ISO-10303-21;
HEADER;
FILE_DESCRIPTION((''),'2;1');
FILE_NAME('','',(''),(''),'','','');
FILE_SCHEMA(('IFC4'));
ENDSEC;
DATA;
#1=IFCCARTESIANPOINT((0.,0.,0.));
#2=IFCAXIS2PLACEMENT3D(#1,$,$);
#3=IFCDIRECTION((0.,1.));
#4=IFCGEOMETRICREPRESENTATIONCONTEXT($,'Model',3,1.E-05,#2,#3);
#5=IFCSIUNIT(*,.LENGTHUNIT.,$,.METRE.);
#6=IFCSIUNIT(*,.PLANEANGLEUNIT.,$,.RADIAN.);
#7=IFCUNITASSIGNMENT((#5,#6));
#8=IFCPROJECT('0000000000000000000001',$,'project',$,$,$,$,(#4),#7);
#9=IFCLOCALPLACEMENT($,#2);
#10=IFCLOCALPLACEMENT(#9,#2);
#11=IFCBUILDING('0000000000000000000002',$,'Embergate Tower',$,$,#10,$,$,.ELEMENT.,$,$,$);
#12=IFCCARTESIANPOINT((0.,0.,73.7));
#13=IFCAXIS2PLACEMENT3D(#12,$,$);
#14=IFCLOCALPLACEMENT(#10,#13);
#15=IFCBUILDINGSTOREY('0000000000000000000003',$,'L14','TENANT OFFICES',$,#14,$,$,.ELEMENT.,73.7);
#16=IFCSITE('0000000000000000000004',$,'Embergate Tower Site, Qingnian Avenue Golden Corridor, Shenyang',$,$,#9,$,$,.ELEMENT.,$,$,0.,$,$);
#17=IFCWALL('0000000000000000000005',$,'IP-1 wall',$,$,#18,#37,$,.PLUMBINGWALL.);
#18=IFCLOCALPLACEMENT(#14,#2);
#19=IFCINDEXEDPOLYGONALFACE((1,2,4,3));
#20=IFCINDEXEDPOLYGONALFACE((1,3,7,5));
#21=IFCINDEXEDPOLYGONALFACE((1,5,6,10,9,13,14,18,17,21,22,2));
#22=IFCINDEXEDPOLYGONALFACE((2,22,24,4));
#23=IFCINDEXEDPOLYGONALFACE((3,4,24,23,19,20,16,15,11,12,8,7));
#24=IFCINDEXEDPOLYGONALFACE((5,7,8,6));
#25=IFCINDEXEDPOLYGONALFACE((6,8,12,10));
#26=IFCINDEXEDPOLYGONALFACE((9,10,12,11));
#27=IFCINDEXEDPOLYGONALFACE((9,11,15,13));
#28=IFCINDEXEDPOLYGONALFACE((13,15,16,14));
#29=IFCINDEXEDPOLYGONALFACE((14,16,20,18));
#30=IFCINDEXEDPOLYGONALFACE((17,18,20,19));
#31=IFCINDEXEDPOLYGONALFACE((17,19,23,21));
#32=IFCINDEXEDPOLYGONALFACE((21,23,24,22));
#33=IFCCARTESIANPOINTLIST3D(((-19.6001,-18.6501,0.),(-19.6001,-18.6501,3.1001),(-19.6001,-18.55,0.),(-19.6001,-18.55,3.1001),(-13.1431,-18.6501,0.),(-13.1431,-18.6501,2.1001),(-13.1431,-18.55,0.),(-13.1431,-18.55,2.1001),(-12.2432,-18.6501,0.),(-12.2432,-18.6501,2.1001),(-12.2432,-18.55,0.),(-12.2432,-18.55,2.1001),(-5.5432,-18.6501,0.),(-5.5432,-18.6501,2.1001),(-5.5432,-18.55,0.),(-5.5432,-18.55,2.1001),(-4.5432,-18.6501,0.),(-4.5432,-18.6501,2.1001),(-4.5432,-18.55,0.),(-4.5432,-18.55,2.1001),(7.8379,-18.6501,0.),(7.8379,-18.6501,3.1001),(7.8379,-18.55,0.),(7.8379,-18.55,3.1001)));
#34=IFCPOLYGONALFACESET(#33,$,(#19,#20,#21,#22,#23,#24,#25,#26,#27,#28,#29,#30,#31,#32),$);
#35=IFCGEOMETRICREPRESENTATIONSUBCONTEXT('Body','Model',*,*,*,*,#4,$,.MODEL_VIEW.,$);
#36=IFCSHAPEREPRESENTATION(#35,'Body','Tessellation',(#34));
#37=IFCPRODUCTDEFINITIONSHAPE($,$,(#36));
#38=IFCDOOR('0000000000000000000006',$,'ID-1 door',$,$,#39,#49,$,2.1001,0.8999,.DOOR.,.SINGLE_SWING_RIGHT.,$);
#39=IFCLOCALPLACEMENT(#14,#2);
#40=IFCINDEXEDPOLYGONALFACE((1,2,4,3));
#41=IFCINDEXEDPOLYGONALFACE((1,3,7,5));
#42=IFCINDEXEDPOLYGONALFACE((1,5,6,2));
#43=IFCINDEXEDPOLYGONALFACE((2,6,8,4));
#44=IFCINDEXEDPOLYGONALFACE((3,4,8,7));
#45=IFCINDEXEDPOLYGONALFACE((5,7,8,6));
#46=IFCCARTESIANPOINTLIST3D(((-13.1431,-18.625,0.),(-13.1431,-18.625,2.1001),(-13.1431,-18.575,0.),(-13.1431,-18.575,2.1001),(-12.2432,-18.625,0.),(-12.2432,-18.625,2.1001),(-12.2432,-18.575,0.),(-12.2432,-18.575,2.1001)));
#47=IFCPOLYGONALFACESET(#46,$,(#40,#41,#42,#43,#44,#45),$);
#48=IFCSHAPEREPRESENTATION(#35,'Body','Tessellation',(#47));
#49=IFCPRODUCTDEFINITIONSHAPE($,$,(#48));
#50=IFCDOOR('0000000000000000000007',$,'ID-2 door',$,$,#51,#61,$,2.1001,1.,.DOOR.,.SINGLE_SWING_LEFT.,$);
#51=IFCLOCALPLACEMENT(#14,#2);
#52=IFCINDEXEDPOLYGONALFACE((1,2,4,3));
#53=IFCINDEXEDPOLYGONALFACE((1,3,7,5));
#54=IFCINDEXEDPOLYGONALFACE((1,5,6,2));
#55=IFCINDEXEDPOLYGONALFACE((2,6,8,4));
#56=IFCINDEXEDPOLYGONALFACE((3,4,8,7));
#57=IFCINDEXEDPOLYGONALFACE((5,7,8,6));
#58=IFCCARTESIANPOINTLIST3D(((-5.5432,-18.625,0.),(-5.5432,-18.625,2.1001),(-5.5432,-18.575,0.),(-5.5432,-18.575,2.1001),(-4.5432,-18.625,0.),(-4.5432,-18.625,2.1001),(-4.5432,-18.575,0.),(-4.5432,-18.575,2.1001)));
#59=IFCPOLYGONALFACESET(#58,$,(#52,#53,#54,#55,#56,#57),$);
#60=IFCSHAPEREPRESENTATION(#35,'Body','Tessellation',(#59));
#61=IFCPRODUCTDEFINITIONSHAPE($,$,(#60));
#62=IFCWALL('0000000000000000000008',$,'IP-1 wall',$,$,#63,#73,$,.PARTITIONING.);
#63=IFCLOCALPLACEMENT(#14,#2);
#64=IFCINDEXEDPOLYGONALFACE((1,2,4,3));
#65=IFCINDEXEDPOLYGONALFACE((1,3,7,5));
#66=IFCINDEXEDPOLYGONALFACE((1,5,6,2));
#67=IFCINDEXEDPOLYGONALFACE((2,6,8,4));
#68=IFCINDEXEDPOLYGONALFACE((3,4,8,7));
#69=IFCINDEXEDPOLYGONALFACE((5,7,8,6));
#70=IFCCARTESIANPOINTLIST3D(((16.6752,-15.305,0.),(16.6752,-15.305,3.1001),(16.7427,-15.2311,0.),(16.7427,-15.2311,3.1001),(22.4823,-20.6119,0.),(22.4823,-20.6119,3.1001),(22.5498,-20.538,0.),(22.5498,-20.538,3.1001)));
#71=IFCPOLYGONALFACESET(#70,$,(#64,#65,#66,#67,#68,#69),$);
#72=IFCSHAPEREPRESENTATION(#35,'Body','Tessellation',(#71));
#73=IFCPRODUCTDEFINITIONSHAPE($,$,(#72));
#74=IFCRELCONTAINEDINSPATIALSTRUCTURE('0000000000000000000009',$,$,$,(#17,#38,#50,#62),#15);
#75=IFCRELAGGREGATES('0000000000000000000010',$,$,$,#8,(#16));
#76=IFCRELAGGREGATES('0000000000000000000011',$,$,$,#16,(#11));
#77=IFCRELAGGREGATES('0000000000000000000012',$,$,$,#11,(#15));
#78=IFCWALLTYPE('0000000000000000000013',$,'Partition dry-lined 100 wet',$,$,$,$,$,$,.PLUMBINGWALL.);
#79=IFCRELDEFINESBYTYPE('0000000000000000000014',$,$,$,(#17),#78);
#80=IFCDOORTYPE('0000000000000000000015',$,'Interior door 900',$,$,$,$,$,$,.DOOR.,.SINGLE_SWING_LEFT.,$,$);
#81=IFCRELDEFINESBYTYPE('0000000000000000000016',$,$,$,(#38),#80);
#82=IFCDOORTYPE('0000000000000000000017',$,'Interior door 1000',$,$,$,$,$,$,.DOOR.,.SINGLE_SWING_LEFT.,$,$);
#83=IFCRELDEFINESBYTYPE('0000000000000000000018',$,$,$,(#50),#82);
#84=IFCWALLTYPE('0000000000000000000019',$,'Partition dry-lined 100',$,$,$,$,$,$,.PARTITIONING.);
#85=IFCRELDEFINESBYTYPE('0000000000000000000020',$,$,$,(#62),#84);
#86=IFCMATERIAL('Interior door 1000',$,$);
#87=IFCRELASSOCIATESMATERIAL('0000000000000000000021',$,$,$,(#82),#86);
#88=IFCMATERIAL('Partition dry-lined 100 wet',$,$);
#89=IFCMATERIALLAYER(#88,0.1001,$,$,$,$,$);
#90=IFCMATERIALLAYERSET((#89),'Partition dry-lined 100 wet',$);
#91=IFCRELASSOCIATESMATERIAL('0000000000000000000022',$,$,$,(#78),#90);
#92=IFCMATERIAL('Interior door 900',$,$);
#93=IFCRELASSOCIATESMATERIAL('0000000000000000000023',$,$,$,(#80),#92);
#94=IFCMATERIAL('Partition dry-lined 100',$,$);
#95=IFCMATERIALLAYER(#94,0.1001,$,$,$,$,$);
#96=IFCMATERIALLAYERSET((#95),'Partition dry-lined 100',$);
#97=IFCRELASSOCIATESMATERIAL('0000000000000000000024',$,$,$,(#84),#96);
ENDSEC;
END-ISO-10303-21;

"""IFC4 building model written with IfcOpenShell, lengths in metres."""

from ifc_helpers import new_model, si_unit, direction, frame, frame_2d, origin, place, context, subcontext, project, spatial, rectangle, extrude, source, transform, mapped, material, layer, layer_set, type_object, element, fill, save


model = new_model("IFC4")

# Units and contexts
model_context = context("Model", 3, precision=1e-05, world=origin(), true_north=direction((0.0, 1.0)))
body_context = subcontext(model_context, "Body", "Model", "MODEL_VIEW")
ifc_project = project(units=[si_unit("LENGTHUNIT", "METRE"), si_unit("PLANEANGLEUNIT", "RADIAN")], contexts=[model_context])

# Site, building, storey
site_placement = place(None, origin())
site = spatial("IfcSite", under=ifc_project, at=site_placement, Name="Embergate Tower Site, Qingnian Avenue Golden Corridor, Shenyang", CompositionType="ELEMENT", RefElevation=0.0)
building_placement = place(site_placement, origin())
building = spatial("IfcBuilding", under=site, at=building_placement, Name="Embergate Tower", CompositionType="ELEMENT")
storey_placement = place(building_placement, frame((0.0, 0.0, 73.7)))
storey = spatial("IfcBuildingStorey", under=building, at=storey_placement, Name="L14", Description="TENANT OFFICES", CompositionType="ELEMENT", Elevation=73.7)

# Wall, openings, doors
shared_shape_1 = source(origin(), body_context, "Body", "SweptSolid", [
    extrude(rectangle(XDim=0.8999, YDim=2.1001, at=frame_2d((0.45, 1.05))), frame((0.0, 0.0249, 0.0), z_axis=(0.0, -1.0, 0.0), x_axis=(1.0, 0.0, 0.0)), (0.0, 0.0, 1.0), 0.05),
])
ifc_material_1 = material(Name="Interior door 1000")
door_type_1 = type_object("IfcDoorType", Name="Interior door 1000", OperationType="SINGLE_SWING_LEFT", PredefinedType="DOOR", material=ifc_material_1)
shared_shape_2 = source(origin(), body_context, "Body", "SweptSolid", [
    extrude(rectangle(XDim=1.0, YDim=2.1001, at=frame_2d((0.5, 1.05))), frame((0.0, 0.0249, 0.0), z_axis=(0.0, -1.0, 0.0), x_axis=(1.0, 0.0, 0.0)), (0.0, 0.0, 1.0), 0.05),
])
ifc_material_2 = material(Name="Partition dry-lined 100 wet")
ifc_layer_1 = layer(ifc_material_2, 0.1001)
ifc_layer_set_1 = layer_set([ifc_layer_1], Name="Partition dry-lined 100 wet")
wall_type_1 = type_object("IfcWallType", Name="Partition dry-lined 100 wet", PredefinedType="PLUMBINGWALL", material=ifc_layer_set_1)
shared_shape_3 = source(origin(), body_context, "Body", "SweptSolid", [
    extrude(rectangle(XDim=27.438, YDim=0.1001, at=frame_2d((13.719, 0.0))), origin(), (0.0, 0.0, 1.0), 3.1001),
])
wall_1_placement = place(storey_placement, frame((7.8379, -18.6001, 0.0), z_axis=(0.0, 0.0, 1.0), x_axis=(-1.0, 0.0, 0.0)))
wall_1 = element("IfcWall", 1, at=wall_1_placement, inside=storey, type_object=wall_type_1, Name="IP-1 wall", PredefinedType="PLUMBINGWALL", context=body_context, shape_type="MappedRepresentation", body=[
    mapped(shared_shape_3, transform((0.0, 0.0, 0.0))),
])
shared_shape_4 = source(origin(), body_context, "Body", "SweptSolid", [
    extrude(rectangle(XDim=0.8999, YDim=2.1001, at=frame_2d((0.45, 1.05))), frame((0.0, 0.0601, 0.0), z_axis=(0.0, -1.0, 0.0), x_axis=(1.0, 0.0, 0.0)), (0.0, 0.0, 1.0), 0.1201),
])
opening_1_placement = place(wall_1_placement, frame((20.0811, 0.0, 0.0)))
opening_1 = element("IfcOpeningElement", 2, at=opening_1_placement, cuts=wall_1, PredefinedType="OPENING", context=body_context, shape_type="MappedRepresentation", body=[
    mapped(shared_shape_4, transform((0.0, 0.0, 0.0))),
])
shared_shape_5 = source(origin(), body_context, "Body", "SweptSolid", [
    extrude(rectangle(XDim=1.0, YDim=2.1001, at=frame_2d((0.5, 1.05))), frame((0.0, 0.0601, 0.0), z_axis=(0.0, -1.0, 0.0), x_axis=(1.0, 0.0, 0.0)), (0.0, 0.0, 1.0), 0.1201),
])
opening_2_placement = place(wall_1_placement, frame((12.3811, 0.0, 0.0)))
opening_2 = element("IfcOpeningElement", 3, at=opening_2_placement, cuts=wall_1, PredefinedType="OPENING", context=body_context, shape_type="MappedRepresentation", body=[
    mapped(shared_shape_5, transform((0.0, 0.0, 0.0))),
])
ifc_material_3 = material(Name="Interior door 900")
door_type_2 = type_object("IfcDoorType", Name="Interior door 900", OperationType="SINGLE_SWING_LEFT", PredefinedType="DOOR", material=ifc_material_3)
door_1_placement = place(opening_1_placement, origin())
door_1 = element("IfcDoor", 4, at=door_1_placement, inside=storey, type_object=door_type_2, Name="ID-1 door", OperationType="SINGLE_SWING_RIGHT", OverallHeight=2.1001, OverallWidth=0.8999, PredefinedType="DOOR", context=body_context, shape_type="MappedRepresentation", body=[
    mapped(shared_shape_1, transform((0.0, 0.0, 0.0))),
])
fill(opening_1, door_1)
door_2_placement = place(opening_2_placement, origin())
door_2 = element("IfcDoor", 5, at=door_2_placement, inside=storey, type_object=door_type_1, Name="ID-2 door", OperationType="SINGLE_SWING_LEFT", OverallHeight=2.1001, OverallWidth=1.0, PredefinedType="DOOR", context=body_context, shape_type="MappedRepresentation", body=[
    mapped(shared_shape_2, transform((0.0, 0.0, 0.0))),
])
fill(opening_2, door_2)

# Wall
ifc_material_4 = material(Name="Partition dry-lined 100")
ifc_layer_2 = layer(ifc_material_4, 0.1001)
ifc_layer_set_2 = layer_set([ifc_layer_2], Name="Partition dry-lined 100")
wall_type_2 = type_object("IfcWallType", Name="Partition dry-lined 100", PredefinedType="PARTITIONING", material=ifc_layer_set_2)
shared_shape_6 = source(origin(), body_context, "Body", "SweptSolid", [
    extrude(rectangle(XDim=7.8667, YDim=0.1001, at=frame_2d((3.9333, 0.0))), origin(), (0.0, 0.0, 1.0), 3.1001),
])
wall_2_placement = place(storey_placement, frame((16.709, -15.2681, 0.0), z_axis=(0.0, 0.0, 1.0), x_axis=(0.738186, -0.674597, 0.0)))
element("IfcWall", 6, at=wall_2_placement, inside=storey, type_object=wall_type_2, Name="IP-1 wall", PredefinedType="PARTITIONING", context=body_context, shape_type="MappedRepresentation", body=[
    mapped(shared_shape_6, transform((0.0, 0.0, 0.0))),
])

save(model, "model.ifc")
